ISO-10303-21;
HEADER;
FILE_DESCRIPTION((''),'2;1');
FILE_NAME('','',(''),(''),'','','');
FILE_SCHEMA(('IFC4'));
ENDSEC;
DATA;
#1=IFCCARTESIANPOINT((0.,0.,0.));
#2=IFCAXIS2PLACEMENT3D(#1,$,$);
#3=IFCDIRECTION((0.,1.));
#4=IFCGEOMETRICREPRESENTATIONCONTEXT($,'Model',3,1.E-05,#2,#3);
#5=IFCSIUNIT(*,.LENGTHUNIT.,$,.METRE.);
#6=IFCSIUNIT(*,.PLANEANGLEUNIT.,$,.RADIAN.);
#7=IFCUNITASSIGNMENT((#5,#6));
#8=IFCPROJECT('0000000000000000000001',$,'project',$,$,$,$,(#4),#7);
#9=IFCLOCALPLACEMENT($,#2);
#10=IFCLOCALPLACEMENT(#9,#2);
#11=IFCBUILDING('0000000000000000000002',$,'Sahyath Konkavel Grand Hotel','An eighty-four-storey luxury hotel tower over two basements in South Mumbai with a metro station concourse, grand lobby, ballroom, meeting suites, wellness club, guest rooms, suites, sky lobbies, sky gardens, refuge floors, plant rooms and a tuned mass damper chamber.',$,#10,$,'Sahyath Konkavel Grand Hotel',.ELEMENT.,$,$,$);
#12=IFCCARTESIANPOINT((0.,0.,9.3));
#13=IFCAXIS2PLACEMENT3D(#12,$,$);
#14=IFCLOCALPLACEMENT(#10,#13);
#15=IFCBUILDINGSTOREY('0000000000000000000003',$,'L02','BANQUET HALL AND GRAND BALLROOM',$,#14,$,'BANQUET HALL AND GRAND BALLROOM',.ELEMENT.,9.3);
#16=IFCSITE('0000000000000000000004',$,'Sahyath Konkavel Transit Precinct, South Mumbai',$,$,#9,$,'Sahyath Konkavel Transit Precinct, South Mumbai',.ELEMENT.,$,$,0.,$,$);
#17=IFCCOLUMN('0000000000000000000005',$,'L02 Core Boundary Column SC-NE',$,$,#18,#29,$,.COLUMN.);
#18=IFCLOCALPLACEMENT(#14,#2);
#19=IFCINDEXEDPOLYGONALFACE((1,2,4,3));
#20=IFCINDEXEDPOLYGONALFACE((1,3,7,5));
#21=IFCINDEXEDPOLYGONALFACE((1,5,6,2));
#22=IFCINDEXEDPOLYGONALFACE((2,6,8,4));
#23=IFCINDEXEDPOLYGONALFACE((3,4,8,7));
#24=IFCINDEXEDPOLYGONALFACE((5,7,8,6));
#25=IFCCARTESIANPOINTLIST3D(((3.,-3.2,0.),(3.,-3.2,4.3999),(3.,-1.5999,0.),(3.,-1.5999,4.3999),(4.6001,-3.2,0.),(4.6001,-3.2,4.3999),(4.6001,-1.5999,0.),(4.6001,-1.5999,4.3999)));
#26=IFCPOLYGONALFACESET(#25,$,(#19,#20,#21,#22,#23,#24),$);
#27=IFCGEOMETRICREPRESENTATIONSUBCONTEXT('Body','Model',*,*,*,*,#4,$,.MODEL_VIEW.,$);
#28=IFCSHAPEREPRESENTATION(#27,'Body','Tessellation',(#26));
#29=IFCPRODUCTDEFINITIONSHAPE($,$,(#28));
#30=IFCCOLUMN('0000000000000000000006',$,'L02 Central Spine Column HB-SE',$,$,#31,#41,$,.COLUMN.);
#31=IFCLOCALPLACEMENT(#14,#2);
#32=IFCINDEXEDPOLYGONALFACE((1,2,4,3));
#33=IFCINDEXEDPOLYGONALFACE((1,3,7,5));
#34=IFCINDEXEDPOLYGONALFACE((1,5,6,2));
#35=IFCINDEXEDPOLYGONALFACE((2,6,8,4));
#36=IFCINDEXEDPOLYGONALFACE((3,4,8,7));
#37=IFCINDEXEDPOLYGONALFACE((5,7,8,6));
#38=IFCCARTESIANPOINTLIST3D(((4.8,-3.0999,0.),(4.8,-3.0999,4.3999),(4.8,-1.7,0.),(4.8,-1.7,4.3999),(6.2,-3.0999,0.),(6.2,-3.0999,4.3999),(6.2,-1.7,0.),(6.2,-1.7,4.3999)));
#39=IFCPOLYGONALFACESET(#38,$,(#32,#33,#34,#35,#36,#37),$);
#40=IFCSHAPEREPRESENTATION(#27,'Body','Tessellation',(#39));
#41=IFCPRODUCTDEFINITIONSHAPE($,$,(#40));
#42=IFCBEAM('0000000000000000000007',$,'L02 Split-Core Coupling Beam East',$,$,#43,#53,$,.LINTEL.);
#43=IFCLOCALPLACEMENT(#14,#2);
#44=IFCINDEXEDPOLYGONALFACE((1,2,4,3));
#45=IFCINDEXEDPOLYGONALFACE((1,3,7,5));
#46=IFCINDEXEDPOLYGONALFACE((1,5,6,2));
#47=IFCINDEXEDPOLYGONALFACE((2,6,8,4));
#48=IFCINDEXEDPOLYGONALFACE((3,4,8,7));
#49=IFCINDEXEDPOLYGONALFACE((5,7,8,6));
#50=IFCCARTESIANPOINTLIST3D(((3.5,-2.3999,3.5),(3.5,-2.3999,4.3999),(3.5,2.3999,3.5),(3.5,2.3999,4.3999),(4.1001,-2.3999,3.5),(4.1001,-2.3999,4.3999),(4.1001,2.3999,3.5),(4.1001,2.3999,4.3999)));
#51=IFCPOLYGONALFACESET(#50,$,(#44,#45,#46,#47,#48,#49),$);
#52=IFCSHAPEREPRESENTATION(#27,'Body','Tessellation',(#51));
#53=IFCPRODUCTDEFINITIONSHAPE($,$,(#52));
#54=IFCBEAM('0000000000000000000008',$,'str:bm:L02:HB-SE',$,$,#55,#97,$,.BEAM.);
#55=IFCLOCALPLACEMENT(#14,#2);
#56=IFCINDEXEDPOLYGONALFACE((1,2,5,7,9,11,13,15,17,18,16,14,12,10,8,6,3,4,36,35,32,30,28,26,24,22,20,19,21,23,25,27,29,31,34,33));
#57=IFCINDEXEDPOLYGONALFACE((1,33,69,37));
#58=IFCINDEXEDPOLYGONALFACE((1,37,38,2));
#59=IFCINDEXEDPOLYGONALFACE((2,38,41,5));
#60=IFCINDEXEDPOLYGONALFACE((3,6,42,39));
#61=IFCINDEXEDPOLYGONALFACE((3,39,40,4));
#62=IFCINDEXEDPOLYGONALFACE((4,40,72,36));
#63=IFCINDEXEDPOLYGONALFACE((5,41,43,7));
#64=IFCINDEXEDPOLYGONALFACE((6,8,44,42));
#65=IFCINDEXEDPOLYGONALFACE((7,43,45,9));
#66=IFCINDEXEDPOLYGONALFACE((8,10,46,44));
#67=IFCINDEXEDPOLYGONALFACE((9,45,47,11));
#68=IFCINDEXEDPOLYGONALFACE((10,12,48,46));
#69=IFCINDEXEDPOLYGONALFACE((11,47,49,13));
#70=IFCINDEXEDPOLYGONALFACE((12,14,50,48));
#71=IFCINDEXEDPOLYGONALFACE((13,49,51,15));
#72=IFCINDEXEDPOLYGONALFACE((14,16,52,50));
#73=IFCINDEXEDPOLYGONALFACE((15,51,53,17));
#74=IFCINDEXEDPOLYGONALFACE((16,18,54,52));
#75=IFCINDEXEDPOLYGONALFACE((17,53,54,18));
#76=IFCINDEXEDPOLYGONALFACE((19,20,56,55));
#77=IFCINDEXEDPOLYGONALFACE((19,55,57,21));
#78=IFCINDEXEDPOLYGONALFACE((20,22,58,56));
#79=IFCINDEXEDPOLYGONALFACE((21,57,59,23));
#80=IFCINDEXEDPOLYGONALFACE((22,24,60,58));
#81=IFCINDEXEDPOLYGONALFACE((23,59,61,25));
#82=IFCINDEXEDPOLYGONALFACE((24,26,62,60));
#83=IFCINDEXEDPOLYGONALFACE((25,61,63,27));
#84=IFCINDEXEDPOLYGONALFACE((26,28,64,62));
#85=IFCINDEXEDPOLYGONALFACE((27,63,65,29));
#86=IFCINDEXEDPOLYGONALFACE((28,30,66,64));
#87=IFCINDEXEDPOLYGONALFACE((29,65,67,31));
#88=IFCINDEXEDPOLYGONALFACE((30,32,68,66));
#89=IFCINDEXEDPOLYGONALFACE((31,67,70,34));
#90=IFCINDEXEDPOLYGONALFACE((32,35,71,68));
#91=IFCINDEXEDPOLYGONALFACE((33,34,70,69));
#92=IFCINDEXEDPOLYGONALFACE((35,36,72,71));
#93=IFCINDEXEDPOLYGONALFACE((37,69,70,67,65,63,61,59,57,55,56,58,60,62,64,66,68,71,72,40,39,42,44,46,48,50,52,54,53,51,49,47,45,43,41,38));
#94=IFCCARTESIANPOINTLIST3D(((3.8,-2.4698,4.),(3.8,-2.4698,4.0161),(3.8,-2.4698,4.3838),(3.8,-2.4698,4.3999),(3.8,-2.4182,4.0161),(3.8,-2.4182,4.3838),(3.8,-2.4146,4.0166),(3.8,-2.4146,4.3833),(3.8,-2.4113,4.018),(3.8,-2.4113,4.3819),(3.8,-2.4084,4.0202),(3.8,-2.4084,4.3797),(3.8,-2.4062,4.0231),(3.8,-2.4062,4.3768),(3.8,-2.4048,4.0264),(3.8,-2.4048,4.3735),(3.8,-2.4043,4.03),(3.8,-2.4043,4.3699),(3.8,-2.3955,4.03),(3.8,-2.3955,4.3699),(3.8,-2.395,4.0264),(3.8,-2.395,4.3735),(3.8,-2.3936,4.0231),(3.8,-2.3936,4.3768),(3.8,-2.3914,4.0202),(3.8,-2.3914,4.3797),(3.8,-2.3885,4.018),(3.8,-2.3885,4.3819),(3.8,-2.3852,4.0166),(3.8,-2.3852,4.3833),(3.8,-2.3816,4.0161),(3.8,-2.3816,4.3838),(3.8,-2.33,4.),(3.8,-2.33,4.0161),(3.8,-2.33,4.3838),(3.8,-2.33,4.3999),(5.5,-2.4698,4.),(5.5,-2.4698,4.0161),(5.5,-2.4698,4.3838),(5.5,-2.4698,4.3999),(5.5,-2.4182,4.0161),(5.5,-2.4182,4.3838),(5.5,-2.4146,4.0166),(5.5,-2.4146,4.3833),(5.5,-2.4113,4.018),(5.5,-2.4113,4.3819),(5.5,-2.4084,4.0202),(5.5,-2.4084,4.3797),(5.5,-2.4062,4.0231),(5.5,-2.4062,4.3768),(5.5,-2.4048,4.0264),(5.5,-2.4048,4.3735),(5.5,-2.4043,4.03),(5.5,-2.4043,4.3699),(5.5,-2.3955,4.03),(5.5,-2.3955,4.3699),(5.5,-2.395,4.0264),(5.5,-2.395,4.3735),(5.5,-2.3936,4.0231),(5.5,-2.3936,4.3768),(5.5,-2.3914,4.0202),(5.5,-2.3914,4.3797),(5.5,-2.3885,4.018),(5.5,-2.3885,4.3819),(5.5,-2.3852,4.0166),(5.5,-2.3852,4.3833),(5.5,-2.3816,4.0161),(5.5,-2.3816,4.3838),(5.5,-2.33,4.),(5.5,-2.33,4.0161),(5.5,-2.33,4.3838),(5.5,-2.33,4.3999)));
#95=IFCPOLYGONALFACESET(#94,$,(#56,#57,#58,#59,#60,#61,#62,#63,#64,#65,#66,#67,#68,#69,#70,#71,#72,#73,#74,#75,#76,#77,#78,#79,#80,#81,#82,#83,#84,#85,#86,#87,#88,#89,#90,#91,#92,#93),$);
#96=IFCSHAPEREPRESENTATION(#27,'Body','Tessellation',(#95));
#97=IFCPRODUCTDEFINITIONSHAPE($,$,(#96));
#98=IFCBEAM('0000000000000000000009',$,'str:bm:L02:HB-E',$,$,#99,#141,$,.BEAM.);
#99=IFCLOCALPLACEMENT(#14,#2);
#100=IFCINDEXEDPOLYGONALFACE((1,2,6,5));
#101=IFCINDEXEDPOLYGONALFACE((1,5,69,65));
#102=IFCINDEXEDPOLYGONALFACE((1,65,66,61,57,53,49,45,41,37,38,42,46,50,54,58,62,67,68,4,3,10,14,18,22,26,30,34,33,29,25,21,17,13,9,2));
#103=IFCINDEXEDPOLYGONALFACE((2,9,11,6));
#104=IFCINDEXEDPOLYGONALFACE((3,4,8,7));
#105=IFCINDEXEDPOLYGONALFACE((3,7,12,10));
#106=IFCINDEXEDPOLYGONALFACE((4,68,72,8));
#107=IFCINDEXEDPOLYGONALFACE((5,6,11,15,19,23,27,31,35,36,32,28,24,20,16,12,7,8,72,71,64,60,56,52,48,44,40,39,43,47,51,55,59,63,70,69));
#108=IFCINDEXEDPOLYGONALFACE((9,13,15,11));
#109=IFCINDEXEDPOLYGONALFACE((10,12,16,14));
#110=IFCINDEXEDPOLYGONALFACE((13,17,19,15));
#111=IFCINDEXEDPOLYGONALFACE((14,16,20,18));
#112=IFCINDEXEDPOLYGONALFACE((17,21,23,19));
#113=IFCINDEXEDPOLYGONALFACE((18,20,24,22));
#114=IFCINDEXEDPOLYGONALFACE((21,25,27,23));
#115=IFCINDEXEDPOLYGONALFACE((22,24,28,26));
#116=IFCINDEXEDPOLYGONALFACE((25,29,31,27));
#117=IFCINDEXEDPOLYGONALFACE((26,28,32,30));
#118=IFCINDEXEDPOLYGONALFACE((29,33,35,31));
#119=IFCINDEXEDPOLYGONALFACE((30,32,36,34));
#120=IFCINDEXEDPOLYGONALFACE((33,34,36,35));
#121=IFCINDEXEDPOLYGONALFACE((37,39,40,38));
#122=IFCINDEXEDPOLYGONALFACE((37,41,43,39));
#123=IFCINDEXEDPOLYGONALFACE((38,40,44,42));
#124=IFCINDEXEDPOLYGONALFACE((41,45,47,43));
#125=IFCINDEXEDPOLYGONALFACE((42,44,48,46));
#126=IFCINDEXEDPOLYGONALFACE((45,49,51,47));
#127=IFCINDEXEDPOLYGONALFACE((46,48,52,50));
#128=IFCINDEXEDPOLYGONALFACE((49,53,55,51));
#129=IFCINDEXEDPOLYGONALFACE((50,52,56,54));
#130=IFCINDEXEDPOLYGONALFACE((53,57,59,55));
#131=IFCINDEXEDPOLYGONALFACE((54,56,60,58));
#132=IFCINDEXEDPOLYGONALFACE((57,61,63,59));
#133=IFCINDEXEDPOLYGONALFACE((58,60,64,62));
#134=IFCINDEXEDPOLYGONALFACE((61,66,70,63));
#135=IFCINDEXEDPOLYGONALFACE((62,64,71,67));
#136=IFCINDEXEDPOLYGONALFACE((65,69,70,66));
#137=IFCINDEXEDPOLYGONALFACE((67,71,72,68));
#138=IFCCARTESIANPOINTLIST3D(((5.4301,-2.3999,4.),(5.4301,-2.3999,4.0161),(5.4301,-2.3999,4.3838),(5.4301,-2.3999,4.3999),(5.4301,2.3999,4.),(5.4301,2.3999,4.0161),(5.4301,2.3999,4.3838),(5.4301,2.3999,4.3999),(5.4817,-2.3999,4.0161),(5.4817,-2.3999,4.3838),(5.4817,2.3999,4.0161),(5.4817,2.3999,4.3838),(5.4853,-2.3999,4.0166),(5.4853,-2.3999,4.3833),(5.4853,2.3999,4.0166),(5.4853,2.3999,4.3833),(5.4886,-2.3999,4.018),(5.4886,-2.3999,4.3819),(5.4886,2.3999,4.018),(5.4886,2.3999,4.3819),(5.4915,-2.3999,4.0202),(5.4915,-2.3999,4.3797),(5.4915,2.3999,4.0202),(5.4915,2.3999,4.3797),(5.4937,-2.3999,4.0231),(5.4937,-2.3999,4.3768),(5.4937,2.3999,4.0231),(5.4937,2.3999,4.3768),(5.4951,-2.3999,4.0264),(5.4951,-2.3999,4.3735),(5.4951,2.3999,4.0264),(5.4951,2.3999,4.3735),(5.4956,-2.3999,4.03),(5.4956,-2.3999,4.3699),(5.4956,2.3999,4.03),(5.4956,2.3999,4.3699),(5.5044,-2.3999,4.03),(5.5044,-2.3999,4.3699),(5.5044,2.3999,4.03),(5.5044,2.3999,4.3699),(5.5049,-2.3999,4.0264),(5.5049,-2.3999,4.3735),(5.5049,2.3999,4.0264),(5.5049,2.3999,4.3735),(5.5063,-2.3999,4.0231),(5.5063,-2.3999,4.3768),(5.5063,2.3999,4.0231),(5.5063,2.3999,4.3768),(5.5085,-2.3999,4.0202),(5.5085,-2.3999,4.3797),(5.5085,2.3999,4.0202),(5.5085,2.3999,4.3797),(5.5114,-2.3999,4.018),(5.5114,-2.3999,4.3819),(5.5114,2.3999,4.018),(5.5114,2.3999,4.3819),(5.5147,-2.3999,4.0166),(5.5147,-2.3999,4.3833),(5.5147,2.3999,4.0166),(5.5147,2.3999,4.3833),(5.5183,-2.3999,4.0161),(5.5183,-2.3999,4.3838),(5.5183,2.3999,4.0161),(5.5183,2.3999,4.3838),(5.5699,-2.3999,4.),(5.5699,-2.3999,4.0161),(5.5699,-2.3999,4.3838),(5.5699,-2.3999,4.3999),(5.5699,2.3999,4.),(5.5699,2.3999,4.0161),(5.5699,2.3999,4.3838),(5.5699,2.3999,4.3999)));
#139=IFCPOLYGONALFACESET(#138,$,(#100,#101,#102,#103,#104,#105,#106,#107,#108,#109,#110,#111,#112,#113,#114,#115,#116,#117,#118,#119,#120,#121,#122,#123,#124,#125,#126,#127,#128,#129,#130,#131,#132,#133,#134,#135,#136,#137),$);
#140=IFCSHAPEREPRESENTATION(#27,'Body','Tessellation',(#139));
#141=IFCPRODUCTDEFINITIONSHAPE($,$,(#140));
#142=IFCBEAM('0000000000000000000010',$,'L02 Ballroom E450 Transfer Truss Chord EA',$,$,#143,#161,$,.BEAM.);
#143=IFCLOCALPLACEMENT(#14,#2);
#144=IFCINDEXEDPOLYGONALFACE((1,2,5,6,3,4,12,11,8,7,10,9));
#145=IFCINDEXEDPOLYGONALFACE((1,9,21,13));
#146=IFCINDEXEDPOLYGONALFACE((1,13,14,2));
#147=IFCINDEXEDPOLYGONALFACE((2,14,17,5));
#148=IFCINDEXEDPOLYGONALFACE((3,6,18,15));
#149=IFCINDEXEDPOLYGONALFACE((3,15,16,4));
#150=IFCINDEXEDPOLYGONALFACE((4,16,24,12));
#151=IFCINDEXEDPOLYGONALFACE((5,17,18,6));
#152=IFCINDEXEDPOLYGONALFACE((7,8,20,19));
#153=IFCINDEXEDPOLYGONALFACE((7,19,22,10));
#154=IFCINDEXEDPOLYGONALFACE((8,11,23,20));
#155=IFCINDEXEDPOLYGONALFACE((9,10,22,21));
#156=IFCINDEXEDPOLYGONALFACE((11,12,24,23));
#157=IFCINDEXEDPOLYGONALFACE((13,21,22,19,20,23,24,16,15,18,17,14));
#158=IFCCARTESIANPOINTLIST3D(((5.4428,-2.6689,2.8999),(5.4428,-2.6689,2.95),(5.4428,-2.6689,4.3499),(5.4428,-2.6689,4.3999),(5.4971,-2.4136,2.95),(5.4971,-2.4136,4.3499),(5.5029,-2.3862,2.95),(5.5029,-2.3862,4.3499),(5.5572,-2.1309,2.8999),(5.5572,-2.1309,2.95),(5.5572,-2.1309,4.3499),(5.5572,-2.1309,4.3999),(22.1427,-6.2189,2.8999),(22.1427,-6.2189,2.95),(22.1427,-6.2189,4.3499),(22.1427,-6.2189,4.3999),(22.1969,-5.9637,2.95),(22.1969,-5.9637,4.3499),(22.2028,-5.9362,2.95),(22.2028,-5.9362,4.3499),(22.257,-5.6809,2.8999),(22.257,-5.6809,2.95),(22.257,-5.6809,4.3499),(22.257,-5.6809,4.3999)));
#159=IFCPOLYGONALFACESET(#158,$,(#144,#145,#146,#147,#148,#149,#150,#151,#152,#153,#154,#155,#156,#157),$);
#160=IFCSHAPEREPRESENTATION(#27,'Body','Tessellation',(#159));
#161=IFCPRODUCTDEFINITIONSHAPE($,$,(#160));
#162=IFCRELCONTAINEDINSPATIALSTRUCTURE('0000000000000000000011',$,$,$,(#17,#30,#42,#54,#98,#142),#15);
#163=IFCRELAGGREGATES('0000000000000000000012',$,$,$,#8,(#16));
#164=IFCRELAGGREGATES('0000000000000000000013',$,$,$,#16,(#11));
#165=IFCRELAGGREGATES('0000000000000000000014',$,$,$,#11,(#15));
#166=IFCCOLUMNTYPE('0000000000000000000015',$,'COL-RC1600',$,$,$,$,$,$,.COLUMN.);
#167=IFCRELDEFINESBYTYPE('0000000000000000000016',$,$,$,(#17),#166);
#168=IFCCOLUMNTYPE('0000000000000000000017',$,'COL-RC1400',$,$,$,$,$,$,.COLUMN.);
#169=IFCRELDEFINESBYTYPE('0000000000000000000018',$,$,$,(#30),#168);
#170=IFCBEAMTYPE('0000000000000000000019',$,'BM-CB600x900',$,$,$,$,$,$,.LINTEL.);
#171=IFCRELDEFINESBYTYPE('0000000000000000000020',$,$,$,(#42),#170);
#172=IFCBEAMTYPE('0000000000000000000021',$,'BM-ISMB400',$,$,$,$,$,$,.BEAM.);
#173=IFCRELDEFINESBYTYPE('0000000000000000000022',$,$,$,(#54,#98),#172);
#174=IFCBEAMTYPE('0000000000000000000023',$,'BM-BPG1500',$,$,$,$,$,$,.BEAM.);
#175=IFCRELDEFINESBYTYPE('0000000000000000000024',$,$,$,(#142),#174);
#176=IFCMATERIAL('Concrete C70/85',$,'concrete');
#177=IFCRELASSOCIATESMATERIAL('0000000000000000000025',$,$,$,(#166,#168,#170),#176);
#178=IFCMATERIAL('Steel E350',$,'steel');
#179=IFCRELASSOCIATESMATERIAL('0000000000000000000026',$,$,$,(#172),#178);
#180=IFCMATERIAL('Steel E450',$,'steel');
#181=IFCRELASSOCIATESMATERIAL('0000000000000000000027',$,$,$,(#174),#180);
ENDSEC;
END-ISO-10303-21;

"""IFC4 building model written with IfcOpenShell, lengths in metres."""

from ifc_helpers import new_model, si_unit, direction, frame, origin, origin_2d, place, context, subcontext, project, spatial, rectangle, i_section, extrude, source, transform, mapped, material, material_profile, profile_set, type_object, element, save


model = new_model("IFC4")

# Units and contexts
model_context = context("Model", 3, precision=1e-05, world=origin(), true_north=direction((0.0, 1.0)))
body_context = subcontext(model_context, "Body", "Model", "MODEL_VIEW")
ifc_project = project(units=[si_unit("LENGTHUNIT", "METRE"), si_unit("PLANEANGLEUNIT", "RADIAN")], contexts=[model_context])

# Site, building, storey
site_placement = place(None, origin())
site = spatial("IfcSite", under=ifc_project, at=site_placement, Name="Sahyath Konkavel Transit Precinct, South Mumbai", LongName="Sahyath Konkavel Transit Precinct, South Mumbai", CompositionType="ELEMENT", RefElevation=0.0)
building_placement = place(site_placement, origin())
building = spatial("IfcBuilding", under=site, at=building_placement, Name="Sahyath Konkavel Grand Hotel", Description="An eighty-four-storey luxury hotel tower over two basements in South Mumbai with a metro station concourse, grand lobby, ballroom, meeting suites, wellness club, guest rooms, suites, sky lobbies, sky gardens, refuge floors, plant rooms and a tuned mass damper chamber.", LongName="Sahyath Konkavel Grand Hotel", CompositionType="ELEMENT")
storey_placement = place(building_placement, frame((0.0, 0.0, 9.3)))
storey = spatial("IfcBuildingStorey", under=building, at=storey_placement, Name="L02", Description="BANQUET HALL AND GRAND BALLROOM", LongName="BANQUET HALL AND GRAND BALLROOM", CompositionType="ELEMENT", Elevation=9.3)

# Columns
ifc_material_1 = material(Name="Concrete C70/85", Category="concrete")
ifc_material_profile_1 = material_profile(ifc_material_1, rectangle(XDim=1.6001, YDim=1.6001, at=origin_2d()), Name="RC 1600x1600")
ifc_profile_set_1 = profile_set([ifc_material_profile_1], Name="Concrete C70/85")
column_type_1 = type_object("IfcColumnType", Name="COL-RC1600", PredefinedType="COLUMN", material=ifc_profile_set_1)
shared_shape_1 = source(origin(), body_context, "Body", "SweptSolid", [
    extrude(rectangle(XDim=1.6001, YDim=1.6001, at=origin_2d()), origin(), (0.0, 0.0, 1.0), 4.3999),
])
column_1_placement = place(storey_placement, frame((3.8, -2.3999, 0.0), z_axis=(0.0, 0.0, 1.0), x_axis=(1.0, 0.0, 0.0)))
element("IfcColumn", 1, at=column_1_placement, inside=storey, type_object=column_type_1, Name="L02 Core Boundary Column SC-NE", PredefinedType="COLUMN", context=body_context, shape_type="MappedRepresentation", body=[
    mapped(shared_shape_1, transform((0.0, 0.0, 0.0), scale=1.0)),
])
ifc_material_profile_2 = material_profile(ifc_material_1, rectangle(XDim=1.3999, YDim=1.3999, at=origin_2d()), Name="RC 1400x1400")
ifc_profile_set_2 = profile_set([ifc_material_profile_2], Name="Concrete C70/85")
column_type_2 = type_object("IfcColumnType", Name="COL-RC1400", PredefinedType="COLUMN", material=ifc_profile_set_2)
shared_shape_2 = source(origin(), body_context, "Body", "SweptSolid", [
    extrude(rectangle(XDim=1.3999, YDim=1.3999, at=origin_2d()), origin(), (0.0, 0.0, 1.0), 4.3999),
])
column_2_placement = place(storey_placement, frame((5.5, -2.3999, 0.0), z_axis=(0.0, 0.0, 1.0), x_axis=(1.0, 0.0, 0.0)))
element("IfcColumn", 2, at=column_2_placement, inside=storey, type_object=column_type_2, Name="L02 Central Spine Column HB-SE", PredefinedType="COLUMN", context=body_context, shape_type="MappedRepresentation", body=[
    mapped(shared_shape_2, transform((0.0, 0.0, 0.0), scale=1.0)),
])

# Beams
ifc_material_profile_3 = material_profile(ifc_material_1, rectangle(XDim=0.6001, YDim=0.8999, at=origin_2d()), Name="RC 600x900")
ifc_profile_set_3 = profile_set([ifc_material_profile_3], Name="Concrete C70/85")
beam_type_1 = type_object("IfcBeamType", Name="BM-CB600x900", PredefinedType="LINTEL", material=ifc_profile_set_3)
shared_shape_3 = source(origin(), body_context, "Body", "SweptSolid", [
    extrude(rectangle(XDim=0.6001, YDim=0.8999, at=origin_2d()), origin(), (0.0, 0.0, 1.0), 4.7998),
])
beam_1_placement = place(storey_placement, frame((3.8, -2.3999, 3.95), z_axis=(0.0, 1.0, 0.0), x_axis=(-1.0, 0.0, 0.0)))
element("IfcBeam", 3, at=beam_1_placement, inside=storey, type_object=beam_type_1, Name="L02 Split-Core Coupling Beam East", PredefinedType="LINTEL", context=body_context, shape_type="MappedRepresentation", body=[
    mapped(shared_shape_3, transform((0.0, 0.0, 0.0), scale=1.0)),
])
ifc_material_2 = material(Name="Steel E350", Category="steel")
ifc_material_profile_4 = material_profile(ifc_material_2, i_section(OverallWidth=0.1399, OverallDepth=0.3999, WebThickness=0.0088, FlangeThickness=0.0161, FilletRadius=0.0139, at=origin_2d()), Name="ISMB 400")
ifc_profile_set_4 = profile_set([ifc_material_profile_4], Name="Steel E350")
beam_type_2 = type_object("IfcBeamType", Name="BM-ISMB400", PredefinedType="BEAM", material=ifc_profile_set_4)
shared_shape_4 = source(origin(), body_context, "Body", "SweptSolid", [
    extrude(i_section(OverallWidth=0.1399, OverallDepth=0.3999, WebThickness=0.0088, FlangeThickness=0.0161, FilletRadius=0.0139, at=origin_2d()), origin(), (0.0, 0.0, 1.0), 1.7),
])
beam_2_placement = place(storey_placement, frame((3.8, -2.3999, 4.2), z_axis=(1.0, 0.0, 0.0), x_axis=(0.0, 1.0, 0.0)))
element("IfcBeam", 4, at=beam_2_placement, inside=storey, type_object=beam_type_2, Name="str:bm:L02:HB-SE", PredefinedType="BEAM", context=body_context, shape_type="MappedRepresentation", body=[
    mapped(shared_shape_4, transform((0.0, 0.0, 0.0), scale=1.0)),
])
shared_shape_5 = source(origin(), body_context, "Body", "SweptSolid", [
    extrude(i_section(OverallWidth=0.1399, OverallDepth=0.3999, WebThickness=0.0088, FlangeThickness=0.0161, FilletRadius=0.0139, at=origin_2d()), origin(), (0.0, 0.0, 1.0), 4.7998),
])
beam_3_placement = place(storey_placement, frame((5.5, -2.3999, 4.2), z_axis=(0.0, 1.0, 0.0), x_axis=(-1.0, 0.0, 0.0)))
element("IfcBeam", 5, at=beam_3_placement, inside=storey, type_object=beam_type_2, Name="str:bm:L02:HB-E", PredefinedType="BEAM", context=body_context, shape_type="MappedRepresentation", body=[
    mapped(shared_shape_5, transform((0.0, 0.0, 0.0), scale=1.0)),
])
ifc_material_3 = material(Name="Steel E450", Category="steel")
ifc_material_profile_5 = material_profile(ifc_material_3, i_section(OverallWidth=0.55, OverallDepth=1.5, WebThickness=0.0281, FlangeThickness=0.05, at=origin_2d()), Name="BPG 1500x550")
ifc_profile_set_5 = profile_set([ifc_material_profile_5], Name="Steel E450")
beam_type_3 = type_object("IfcBeamType", Name="BM-BPG1500", PredefinedType="BEAM", material=ifc_profile_set_5)
shared_shape_6 = source(origin(), body_context, "Body", "SweptSolid", [
    extrude(i_section(OverallWidth=0.55, OverallDepth=1.5, WebThickness=0.0281, FlangeThickness=0.05, at=origin_2d()), origin(), (0.0, 0.0, 1.0), 17.073),
])
beam_4_placement = place(storey_placement, frame((5.5, -2.3999, 3.6499), z_axis=(0.978143, -0.207932, 0.0), x_axis=(0.207932, 0.978143, 0.0)))
element("IfcBeam", 6, at=beam_4_placement, inside=storey, type_object=beam_type_3, Name="L02 Ballroom E450 Transfer Truss Chord EA", PredefinedType="BEAM", context=body_context, shape_type="MappedRepresentation", body=[
    mapped(shared_shape_6, transform((0.0, 0.0, 0.0), scale=1.0)),
])

save(model, "model.ifc")
